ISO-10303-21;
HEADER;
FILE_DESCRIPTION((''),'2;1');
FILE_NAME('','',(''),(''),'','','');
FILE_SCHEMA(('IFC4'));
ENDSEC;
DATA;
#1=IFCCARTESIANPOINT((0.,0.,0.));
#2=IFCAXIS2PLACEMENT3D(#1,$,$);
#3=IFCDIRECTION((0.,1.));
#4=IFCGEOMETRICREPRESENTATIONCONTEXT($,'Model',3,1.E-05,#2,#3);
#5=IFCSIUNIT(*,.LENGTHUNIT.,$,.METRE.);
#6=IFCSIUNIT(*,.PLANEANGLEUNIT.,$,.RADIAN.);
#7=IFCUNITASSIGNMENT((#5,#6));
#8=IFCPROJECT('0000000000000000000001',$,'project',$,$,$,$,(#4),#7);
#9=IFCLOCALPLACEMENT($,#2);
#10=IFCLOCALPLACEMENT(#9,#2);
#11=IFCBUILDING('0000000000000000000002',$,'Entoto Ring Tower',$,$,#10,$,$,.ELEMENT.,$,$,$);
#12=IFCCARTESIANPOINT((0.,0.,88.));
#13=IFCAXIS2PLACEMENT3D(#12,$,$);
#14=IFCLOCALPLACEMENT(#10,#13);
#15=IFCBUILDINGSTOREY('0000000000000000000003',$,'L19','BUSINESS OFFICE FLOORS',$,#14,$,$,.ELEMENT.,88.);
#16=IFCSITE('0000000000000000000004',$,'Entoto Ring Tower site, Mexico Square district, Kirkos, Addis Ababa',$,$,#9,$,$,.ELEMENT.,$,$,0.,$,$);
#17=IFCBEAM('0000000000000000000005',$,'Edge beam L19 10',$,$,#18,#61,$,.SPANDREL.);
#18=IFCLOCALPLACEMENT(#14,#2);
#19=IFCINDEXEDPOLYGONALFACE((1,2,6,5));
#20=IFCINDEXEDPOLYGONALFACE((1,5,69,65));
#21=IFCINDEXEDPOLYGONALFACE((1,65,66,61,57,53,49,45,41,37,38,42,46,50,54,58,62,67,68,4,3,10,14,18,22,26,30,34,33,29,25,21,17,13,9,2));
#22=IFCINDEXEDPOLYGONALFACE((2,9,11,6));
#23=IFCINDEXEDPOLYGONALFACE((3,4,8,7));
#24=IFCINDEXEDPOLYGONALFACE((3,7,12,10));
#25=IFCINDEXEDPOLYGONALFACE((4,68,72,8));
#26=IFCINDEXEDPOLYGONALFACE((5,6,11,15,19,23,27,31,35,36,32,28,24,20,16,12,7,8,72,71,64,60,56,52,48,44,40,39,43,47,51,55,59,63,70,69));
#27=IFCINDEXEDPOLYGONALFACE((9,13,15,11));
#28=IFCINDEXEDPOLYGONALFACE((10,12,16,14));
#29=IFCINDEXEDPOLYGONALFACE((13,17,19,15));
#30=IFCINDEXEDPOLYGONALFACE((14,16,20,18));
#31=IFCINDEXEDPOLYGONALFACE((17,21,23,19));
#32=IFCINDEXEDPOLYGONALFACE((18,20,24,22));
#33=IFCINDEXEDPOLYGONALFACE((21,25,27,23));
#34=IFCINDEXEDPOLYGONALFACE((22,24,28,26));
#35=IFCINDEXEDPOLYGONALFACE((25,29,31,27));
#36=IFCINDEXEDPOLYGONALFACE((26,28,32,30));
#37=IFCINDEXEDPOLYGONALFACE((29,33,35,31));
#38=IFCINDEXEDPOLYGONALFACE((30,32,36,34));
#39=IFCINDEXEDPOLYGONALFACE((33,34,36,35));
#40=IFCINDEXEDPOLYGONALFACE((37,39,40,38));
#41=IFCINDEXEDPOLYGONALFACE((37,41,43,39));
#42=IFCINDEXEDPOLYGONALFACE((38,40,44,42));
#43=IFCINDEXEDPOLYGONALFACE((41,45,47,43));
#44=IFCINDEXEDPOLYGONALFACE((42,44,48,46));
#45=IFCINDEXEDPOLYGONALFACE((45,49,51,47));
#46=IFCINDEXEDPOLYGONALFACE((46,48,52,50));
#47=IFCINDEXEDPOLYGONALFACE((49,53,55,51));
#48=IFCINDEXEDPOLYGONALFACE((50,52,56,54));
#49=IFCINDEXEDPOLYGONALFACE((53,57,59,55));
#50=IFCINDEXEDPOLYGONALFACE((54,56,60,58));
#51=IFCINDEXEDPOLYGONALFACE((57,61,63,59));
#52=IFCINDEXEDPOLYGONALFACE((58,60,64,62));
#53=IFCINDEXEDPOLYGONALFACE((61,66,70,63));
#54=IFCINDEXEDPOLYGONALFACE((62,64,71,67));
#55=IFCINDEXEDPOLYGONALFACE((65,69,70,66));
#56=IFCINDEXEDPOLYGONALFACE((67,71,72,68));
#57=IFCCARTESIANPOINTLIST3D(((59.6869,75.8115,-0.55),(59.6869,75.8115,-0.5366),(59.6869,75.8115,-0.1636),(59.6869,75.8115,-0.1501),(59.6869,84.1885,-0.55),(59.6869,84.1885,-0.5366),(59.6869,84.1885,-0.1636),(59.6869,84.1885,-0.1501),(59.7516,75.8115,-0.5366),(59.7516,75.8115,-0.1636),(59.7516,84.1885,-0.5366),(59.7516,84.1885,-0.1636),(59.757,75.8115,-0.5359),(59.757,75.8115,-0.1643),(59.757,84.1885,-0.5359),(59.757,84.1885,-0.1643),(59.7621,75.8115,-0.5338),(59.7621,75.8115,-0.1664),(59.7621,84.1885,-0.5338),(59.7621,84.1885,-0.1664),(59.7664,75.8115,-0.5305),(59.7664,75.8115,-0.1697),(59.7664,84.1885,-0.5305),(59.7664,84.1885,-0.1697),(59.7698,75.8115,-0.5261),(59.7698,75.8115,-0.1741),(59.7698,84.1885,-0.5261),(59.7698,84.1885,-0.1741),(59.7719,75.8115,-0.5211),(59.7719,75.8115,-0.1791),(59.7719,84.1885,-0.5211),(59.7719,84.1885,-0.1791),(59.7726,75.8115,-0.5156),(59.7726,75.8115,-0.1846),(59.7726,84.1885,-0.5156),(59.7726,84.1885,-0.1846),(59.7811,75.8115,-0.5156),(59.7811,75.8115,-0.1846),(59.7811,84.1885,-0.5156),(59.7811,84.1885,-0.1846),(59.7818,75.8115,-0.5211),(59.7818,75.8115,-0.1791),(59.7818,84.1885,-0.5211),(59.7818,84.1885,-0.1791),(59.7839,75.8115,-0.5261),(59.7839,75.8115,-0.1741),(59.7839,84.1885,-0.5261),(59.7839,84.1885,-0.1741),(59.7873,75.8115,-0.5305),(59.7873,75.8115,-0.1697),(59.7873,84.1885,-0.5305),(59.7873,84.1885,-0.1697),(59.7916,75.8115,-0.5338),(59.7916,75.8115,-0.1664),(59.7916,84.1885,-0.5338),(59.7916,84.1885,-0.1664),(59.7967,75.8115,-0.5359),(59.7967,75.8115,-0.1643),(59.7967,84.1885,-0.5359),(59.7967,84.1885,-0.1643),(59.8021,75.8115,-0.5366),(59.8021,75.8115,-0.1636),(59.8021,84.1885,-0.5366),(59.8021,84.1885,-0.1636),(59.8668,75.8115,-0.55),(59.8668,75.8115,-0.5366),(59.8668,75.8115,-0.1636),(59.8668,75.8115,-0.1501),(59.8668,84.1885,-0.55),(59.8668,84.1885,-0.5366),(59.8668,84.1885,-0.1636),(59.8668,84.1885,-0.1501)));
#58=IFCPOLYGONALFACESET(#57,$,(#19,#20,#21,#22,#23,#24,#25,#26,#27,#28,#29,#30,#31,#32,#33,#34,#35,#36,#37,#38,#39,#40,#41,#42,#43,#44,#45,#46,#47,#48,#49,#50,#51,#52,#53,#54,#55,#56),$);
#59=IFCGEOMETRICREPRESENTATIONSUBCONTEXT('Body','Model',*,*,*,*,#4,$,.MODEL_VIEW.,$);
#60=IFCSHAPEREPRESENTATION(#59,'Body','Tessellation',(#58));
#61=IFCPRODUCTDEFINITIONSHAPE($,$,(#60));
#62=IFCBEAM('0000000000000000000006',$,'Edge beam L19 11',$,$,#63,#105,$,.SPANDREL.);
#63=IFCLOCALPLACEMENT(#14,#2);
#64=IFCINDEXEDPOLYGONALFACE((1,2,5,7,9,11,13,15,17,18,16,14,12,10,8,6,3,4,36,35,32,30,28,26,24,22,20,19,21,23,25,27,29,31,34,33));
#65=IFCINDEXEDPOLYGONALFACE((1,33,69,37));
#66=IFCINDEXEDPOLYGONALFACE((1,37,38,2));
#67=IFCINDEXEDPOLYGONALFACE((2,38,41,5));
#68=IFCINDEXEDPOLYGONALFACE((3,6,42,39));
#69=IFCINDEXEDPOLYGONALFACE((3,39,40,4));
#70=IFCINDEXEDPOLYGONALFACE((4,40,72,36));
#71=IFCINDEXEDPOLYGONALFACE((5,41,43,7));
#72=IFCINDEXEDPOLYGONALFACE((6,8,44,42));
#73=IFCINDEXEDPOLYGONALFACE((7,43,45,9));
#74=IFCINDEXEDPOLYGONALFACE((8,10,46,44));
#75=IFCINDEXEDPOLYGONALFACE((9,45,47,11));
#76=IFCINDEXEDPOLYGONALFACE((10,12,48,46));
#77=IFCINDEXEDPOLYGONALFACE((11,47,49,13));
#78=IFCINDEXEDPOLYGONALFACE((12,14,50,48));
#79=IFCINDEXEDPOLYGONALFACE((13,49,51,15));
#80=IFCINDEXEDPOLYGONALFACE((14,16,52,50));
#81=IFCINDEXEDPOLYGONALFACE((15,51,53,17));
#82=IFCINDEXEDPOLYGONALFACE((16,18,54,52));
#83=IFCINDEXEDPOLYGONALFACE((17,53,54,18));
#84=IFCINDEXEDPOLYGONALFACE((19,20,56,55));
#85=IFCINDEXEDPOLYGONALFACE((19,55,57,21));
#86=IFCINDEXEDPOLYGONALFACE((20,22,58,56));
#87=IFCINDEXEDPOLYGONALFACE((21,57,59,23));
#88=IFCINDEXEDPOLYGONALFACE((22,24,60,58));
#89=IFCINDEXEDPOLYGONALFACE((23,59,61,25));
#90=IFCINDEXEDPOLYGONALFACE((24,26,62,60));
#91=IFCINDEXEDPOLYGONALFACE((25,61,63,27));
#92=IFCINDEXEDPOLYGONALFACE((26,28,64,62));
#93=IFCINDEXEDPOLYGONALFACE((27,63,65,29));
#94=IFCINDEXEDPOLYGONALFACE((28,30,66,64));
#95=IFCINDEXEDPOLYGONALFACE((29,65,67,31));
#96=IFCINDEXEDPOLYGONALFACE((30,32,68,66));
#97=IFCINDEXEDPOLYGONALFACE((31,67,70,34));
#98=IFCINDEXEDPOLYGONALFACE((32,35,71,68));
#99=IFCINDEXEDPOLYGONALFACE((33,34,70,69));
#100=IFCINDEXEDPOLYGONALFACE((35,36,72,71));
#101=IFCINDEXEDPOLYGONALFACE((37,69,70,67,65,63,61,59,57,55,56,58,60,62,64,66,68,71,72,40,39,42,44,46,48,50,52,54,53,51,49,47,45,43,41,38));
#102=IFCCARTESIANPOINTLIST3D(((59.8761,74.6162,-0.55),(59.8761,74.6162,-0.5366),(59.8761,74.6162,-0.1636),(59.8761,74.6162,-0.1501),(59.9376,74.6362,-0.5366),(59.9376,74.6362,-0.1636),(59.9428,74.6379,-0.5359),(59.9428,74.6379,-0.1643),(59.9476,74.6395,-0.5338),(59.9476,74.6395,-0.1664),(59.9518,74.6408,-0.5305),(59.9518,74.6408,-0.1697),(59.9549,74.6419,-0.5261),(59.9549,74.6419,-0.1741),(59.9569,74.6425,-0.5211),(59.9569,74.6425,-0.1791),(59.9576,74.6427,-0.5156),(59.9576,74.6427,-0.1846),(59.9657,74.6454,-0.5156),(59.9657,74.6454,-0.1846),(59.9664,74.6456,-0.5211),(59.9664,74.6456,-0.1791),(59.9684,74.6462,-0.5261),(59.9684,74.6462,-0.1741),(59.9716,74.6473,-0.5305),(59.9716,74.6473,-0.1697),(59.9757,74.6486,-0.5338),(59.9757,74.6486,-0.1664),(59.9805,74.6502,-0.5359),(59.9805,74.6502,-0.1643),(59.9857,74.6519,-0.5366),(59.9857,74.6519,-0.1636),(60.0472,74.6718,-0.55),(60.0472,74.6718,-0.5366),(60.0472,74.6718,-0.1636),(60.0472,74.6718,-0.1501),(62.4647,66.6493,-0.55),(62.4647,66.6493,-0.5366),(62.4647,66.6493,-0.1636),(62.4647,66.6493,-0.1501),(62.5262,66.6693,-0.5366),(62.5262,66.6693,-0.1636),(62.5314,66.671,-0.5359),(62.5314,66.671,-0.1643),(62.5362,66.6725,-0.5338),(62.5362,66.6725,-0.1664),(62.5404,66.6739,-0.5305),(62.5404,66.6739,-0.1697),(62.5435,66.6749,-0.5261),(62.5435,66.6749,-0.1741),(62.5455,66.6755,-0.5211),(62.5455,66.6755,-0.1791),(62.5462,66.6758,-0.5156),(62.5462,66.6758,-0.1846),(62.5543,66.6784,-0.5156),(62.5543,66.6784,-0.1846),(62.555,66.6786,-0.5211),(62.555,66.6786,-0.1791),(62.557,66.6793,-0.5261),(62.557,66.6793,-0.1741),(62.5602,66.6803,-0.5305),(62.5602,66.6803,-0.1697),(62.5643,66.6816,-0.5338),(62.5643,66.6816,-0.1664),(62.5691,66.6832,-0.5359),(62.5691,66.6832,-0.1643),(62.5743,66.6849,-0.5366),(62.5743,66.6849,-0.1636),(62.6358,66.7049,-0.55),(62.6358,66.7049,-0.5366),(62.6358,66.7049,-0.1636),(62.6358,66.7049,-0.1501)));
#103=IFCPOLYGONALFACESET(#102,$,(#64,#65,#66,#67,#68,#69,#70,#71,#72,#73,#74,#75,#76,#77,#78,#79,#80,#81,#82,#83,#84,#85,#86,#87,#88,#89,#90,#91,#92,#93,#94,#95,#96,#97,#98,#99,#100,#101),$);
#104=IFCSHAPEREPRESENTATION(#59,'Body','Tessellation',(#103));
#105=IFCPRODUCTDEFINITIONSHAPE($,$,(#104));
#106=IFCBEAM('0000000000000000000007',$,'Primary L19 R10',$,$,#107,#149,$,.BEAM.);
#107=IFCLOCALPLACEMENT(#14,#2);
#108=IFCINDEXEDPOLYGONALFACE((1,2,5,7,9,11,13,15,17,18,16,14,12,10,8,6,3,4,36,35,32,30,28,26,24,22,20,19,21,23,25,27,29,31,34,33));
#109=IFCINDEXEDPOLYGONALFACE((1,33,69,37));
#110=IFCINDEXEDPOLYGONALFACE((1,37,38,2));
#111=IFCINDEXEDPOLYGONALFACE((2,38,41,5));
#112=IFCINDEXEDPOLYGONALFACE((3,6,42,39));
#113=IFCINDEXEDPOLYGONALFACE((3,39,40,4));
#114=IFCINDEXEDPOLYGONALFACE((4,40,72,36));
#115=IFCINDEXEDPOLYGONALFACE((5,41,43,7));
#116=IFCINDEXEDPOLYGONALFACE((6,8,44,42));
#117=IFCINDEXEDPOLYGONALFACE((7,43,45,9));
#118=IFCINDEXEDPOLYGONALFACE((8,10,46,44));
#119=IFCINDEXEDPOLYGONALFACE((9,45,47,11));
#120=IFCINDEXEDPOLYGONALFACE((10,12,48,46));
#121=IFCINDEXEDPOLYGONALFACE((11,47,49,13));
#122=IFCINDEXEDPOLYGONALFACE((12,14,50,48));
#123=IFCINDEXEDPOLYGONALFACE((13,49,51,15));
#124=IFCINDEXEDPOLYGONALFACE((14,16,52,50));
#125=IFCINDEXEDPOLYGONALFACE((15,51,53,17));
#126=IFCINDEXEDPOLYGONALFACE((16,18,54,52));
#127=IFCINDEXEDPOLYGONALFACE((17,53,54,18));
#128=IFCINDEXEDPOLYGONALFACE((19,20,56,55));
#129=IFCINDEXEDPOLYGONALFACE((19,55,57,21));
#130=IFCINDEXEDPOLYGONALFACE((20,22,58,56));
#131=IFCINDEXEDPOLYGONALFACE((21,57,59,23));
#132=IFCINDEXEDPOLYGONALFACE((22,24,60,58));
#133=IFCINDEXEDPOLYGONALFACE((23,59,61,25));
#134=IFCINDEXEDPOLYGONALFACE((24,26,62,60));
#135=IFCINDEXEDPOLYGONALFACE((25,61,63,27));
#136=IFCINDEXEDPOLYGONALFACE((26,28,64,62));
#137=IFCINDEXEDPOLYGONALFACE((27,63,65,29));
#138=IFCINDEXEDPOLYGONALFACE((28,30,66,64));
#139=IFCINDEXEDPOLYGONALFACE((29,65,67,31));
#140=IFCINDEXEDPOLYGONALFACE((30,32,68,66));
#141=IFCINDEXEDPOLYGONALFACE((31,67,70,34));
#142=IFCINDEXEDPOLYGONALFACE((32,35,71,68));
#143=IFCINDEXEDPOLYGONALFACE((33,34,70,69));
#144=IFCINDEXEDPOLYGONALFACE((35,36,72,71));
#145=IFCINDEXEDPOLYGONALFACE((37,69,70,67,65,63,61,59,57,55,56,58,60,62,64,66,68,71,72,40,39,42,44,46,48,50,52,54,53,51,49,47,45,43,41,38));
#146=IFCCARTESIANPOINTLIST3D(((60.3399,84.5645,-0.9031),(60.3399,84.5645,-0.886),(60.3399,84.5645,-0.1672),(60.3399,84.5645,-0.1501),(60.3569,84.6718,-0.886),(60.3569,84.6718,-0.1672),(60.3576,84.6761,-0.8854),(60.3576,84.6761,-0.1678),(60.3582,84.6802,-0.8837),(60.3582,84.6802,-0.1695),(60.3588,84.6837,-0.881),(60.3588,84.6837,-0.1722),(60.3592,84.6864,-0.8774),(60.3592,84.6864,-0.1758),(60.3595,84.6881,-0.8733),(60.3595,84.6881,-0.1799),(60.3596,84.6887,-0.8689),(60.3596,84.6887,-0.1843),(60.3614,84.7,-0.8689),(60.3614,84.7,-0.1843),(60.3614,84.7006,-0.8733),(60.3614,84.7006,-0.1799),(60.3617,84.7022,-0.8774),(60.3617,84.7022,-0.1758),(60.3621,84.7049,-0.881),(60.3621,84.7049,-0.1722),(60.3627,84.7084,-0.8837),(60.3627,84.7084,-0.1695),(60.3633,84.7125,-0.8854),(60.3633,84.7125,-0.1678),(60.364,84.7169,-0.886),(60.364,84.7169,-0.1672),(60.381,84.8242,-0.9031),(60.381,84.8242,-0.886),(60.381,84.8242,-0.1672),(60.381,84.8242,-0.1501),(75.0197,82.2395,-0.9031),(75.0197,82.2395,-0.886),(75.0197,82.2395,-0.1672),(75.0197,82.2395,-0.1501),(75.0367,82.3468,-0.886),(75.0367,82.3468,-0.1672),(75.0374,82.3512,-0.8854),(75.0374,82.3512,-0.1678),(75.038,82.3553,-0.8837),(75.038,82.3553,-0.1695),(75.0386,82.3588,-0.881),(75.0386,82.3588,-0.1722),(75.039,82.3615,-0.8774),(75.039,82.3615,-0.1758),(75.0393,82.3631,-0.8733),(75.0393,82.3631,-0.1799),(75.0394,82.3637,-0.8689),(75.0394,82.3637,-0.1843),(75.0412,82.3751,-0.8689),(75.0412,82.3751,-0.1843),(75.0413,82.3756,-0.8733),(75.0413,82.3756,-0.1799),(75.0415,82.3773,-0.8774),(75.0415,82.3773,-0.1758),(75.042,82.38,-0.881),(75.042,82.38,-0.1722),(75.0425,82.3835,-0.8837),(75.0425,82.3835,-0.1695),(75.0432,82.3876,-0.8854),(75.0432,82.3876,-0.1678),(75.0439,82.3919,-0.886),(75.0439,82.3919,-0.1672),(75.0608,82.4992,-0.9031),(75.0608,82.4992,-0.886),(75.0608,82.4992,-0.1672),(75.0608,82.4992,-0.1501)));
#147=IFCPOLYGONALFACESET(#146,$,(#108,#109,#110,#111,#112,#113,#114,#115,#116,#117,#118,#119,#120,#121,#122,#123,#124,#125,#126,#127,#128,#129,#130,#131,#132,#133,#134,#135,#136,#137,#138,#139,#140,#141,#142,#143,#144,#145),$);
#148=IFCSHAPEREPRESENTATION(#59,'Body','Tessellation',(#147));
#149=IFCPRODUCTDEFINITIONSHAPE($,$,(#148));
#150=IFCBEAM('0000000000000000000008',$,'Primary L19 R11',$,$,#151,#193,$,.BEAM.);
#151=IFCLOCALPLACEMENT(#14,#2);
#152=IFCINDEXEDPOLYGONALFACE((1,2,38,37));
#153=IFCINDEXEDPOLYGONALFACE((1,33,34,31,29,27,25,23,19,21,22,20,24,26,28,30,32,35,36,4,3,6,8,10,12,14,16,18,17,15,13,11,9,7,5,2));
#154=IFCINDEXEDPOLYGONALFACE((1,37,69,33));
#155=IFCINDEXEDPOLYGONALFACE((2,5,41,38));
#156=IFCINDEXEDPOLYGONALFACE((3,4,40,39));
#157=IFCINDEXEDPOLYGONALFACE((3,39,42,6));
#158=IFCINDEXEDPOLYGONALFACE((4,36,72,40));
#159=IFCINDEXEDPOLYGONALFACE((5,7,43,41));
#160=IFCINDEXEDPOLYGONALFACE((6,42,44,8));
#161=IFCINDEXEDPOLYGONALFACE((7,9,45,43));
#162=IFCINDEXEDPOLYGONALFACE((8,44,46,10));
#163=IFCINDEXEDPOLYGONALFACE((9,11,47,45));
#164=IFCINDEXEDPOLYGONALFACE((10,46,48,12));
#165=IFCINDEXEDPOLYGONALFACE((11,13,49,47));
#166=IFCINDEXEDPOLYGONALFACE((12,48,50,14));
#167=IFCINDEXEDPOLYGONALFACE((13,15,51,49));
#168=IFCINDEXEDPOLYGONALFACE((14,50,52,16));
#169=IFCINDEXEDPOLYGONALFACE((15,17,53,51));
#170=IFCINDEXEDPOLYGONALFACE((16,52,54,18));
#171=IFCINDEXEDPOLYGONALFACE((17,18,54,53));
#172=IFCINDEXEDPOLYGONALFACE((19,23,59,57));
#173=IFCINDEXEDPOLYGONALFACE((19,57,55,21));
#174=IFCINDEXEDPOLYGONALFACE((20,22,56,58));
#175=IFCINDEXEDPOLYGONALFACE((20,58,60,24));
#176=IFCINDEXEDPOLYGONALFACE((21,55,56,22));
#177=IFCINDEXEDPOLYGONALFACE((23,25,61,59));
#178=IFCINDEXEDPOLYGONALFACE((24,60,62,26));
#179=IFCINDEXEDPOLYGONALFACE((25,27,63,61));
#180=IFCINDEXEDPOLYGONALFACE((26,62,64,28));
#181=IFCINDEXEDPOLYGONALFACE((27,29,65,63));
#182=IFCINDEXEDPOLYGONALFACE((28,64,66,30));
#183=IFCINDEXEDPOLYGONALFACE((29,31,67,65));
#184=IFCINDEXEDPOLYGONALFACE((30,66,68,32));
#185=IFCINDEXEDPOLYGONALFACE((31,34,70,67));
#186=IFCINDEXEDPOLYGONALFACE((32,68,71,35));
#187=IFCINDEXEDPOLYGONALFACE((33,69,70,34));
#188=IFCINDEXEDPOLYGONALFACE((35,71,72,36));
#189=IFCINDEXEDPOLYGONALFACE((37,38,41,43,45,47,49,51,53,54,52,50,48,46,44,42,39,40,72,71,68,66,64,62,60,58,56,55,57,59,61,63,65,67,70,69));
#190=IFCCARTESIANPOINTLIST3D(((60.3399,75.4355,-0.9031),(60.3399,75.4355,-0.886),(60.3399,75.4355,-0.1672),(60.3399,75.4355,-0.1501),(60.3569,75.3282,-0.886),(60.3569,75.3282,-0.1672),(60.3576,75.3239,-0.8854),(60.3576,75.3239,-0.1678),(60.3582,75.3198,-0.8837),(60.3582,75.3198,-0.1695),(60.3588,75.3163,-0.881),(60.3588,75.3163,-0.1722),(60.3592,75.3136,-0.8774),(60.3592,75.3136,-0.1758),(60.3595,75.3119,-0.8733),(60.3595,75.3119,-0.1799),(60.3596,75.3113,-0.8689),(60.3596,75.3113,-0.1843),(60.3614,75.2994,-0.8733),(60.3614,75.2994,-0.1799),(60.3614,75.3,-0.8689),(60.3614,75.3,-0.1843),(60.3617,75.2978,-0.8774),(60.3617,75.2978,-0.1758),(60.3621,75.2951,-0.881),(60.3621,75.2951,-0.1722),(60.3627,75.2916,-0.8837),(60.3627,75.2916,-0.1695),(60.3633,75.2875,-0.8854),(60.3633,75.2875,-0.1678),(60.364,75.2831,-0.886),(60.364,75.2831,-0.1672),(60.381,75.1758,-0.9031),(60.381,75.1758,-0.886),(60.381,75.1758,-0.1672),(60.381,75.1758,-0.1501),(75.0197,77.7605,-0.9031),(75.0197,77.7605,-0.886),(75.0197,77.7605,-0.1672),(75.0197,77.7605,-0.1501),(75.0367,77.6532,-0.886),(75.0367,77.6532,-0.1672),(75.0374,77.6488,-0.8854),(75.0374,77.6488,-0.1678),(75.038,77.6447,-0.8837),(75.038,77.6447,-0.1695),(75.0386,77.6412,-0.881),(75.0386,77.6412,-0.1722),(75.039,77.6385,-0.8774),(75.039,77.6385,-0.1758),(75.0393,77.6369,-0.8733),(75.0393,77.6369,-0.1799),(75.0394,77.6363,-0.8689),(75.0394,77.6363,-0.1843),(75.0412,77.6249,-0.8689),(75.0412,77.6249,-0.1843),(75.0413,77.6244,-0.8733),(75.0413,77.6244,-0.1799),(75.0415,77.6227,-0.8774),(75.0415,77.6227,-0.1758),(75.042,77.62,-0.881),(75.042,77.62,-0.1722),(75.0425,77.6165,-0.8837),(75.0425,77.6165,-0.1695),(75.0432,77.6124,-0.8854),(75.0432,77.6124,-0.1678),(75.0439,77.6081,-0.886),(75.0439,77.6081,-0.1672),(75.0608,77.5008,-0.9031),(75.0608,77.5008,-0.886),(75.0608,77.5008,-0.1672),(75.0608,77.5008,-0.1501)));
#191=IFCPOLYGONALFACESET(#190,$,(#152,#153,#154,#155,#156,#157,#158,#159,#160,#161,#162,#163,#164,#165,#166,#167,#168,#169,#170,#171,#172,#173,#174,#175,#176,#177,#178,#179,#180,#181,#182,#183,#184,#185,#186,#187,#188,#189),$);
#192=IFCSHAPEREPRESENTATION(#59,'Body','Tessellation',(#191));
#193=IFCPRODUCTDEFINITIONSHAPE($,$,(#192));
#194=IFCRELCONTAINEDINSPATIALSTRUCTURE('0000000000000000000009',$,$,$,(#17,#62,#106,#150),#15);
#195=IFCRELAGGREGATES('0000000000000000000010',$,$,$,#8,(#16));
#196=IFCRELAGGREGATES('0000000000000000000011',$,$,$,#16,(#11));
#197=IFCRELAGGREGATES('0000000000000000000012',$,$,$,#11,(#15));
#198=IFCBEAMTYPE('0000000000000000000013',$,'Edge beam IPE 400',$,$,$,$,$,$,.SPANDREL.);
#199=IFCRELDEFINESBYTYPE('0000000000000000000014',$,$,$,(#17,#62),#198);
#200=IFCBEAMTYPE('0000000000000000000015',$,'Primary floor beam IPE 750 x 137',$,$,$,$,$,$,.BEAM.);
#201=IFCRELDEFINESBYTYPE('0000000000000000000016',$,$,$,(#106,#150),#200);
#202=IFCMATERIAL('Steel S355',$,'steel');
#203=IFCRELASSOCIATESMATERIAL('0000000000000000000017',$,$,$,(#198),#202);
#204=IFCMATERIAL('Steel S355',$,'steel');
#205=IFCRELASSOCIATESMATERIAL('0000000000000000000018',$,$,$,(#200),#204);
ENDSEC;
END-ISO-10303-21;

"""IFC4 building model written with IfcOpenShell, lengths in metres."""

from ifc_helpers import new_model, si_unit, direction, frame, origin, origin_2d, place, context, subcontext, project, spatial, i_section, extrude, material, material_profile, profile_set, type_object, element, save


model = new_model("IFC4")

# Units and contexts
model_context = context("Model", 3, precision=1e-05, world=origin(), true_north=direction((0.0, 1.0)))
body_context = subcontext(model_context, "Body", "Model", "MODEL_VIEW")
ifc_project = project(units=[si_unit("LENGTHUNIT", "METRE"), si_unit("PLANEANGLEUNIT", "RADIAN")], contexts=[model_context])

# Site, building, storey
site_placement = place(None, origin())
site = spatial("IfcSite", under=ifc_project, at=site_placement, Name="Entoto Ring Tower site, Mexico Square district, Kirkos, Addis Ababa", CompositionType="ELEMENT", RefElevation=0.0)
building_placement = place(site_placement, origin())
building = spatial("IfcBuilding", under=site, at=building_placement, Name="Entoto Ring Tower", CompositionType="ELEMENT")
storey_placement = place(building_placement, frame((0.0, 0.0, 88.0)))
storey = spatial("IfcBuildingStorey", under=building, at=storey_placement, Name="L19", Description="BUSINESS OFFICE FLOORS", CompositionType="ELEMENT", Elevation=88.0)

# Beams
ifc_material_1 = material(Name="Steel S355", Category="steel")
ifc_material_profile_1 = material_profile(ifc_material_1, i_section(OverallWidth=0.1799, OverallDepth=0.3999, WebThickness=0.0085, FlangeThickness=0.0134, FilletRadius=0.021, at=origin_2d()), Name="IPE 400")
ifc_profile_set_1 = profile_set([ifc_material_profile_1], Name="Steel S355")
beam_type_1 = type_object("IfcBeamType", Name="Edge beam IPE 400", PredefinedType="SPANDREL", material=ifc_profile_set_1)
for number, where, z_axis, x_axis, name in (
    (1, (59.7769, 84.1885, -0.3501), (0.0, -1.0, 0.0), (1.0, 0.0, 0.0), "Edge beam L19 10"),
    (2, (59.9617, 74.644, -0.3501), (0.309014, -0.951057, 0.0), (0.951057, 0.309014, 0.0), "Edge beam L19 11"),
):
    element("IfcBeam", number, at=place(storey_placement, frame(where, z_axis=z_axis, x_axis=x_axis)), inside=storey, type_object=beam_type_1, Name=name, PredefinedType="SPANDREL", context=body_context, shape_type="SweptSolid", body=[
        extrude(i_section(OverallWidth=0.1799, OverallDepth=0.3999, WebThickness=0.0085, FlangeThickness=0.0134, FilletRadius=0.021, at=origin_2d()), origin(), (0.0, 0.0, 1.0), 8.377),
    ])
ifc_material_2 = material(Name="Steel S355", Category="steel")
ifc_material_profile_2 = material_profile(ifc_material_2, i_section(OverallWidth=0.2629, OverallDepth=0.7529, WebThickness=0.0115, FlangeThickness=0.0171, FilletRadius=0.0171, at=origin_2d()), Name="IPE 750 x 137")
ifc_profile_set_2 = profile_set([ifc_material_profile_2], Name="Steel S355")
beam_type_2 = type_object("IfcBeamType", Name="Primary floor beam IPE 750 x 137", PredefinedType="BEAM", material=ifc_profile_set_2)
for number, where, z_axis, x_axis, name in (
    (3, (75.0403, 82.3694, -0.5266), (-0.98769, 0.156426, 0.0), (-0.156426, -0.98769, 0.0), "Primary L19 R10"),
    (4, (75.0403, 77.6306, -0.5266), (-0.98769, -0.156426, 0.0), (0.156426, -0.98769, 0.0), "Primary L19 R11"),
):
    element("IfcBeam", number, at=place(storey_placement, frame(where, z_axis=z_axis, x_axis=x_axis)), inside=storey, type_object=beam_type_2, Name=name, PredefinedType="BEAM", context=body_context, shape_type="SweptSolid", body=[
        extrude(i_section(OverallWidth=0.2629, OverallDepth=0.7529, WebThickness=0.0115, FlangeThickness=0.0171, FilletRadius=0.0171, at=origin_2d()), origin(), (0.0, 0.0, 1.0), 14.8628),
    ])

save(model, "model.ifc")
